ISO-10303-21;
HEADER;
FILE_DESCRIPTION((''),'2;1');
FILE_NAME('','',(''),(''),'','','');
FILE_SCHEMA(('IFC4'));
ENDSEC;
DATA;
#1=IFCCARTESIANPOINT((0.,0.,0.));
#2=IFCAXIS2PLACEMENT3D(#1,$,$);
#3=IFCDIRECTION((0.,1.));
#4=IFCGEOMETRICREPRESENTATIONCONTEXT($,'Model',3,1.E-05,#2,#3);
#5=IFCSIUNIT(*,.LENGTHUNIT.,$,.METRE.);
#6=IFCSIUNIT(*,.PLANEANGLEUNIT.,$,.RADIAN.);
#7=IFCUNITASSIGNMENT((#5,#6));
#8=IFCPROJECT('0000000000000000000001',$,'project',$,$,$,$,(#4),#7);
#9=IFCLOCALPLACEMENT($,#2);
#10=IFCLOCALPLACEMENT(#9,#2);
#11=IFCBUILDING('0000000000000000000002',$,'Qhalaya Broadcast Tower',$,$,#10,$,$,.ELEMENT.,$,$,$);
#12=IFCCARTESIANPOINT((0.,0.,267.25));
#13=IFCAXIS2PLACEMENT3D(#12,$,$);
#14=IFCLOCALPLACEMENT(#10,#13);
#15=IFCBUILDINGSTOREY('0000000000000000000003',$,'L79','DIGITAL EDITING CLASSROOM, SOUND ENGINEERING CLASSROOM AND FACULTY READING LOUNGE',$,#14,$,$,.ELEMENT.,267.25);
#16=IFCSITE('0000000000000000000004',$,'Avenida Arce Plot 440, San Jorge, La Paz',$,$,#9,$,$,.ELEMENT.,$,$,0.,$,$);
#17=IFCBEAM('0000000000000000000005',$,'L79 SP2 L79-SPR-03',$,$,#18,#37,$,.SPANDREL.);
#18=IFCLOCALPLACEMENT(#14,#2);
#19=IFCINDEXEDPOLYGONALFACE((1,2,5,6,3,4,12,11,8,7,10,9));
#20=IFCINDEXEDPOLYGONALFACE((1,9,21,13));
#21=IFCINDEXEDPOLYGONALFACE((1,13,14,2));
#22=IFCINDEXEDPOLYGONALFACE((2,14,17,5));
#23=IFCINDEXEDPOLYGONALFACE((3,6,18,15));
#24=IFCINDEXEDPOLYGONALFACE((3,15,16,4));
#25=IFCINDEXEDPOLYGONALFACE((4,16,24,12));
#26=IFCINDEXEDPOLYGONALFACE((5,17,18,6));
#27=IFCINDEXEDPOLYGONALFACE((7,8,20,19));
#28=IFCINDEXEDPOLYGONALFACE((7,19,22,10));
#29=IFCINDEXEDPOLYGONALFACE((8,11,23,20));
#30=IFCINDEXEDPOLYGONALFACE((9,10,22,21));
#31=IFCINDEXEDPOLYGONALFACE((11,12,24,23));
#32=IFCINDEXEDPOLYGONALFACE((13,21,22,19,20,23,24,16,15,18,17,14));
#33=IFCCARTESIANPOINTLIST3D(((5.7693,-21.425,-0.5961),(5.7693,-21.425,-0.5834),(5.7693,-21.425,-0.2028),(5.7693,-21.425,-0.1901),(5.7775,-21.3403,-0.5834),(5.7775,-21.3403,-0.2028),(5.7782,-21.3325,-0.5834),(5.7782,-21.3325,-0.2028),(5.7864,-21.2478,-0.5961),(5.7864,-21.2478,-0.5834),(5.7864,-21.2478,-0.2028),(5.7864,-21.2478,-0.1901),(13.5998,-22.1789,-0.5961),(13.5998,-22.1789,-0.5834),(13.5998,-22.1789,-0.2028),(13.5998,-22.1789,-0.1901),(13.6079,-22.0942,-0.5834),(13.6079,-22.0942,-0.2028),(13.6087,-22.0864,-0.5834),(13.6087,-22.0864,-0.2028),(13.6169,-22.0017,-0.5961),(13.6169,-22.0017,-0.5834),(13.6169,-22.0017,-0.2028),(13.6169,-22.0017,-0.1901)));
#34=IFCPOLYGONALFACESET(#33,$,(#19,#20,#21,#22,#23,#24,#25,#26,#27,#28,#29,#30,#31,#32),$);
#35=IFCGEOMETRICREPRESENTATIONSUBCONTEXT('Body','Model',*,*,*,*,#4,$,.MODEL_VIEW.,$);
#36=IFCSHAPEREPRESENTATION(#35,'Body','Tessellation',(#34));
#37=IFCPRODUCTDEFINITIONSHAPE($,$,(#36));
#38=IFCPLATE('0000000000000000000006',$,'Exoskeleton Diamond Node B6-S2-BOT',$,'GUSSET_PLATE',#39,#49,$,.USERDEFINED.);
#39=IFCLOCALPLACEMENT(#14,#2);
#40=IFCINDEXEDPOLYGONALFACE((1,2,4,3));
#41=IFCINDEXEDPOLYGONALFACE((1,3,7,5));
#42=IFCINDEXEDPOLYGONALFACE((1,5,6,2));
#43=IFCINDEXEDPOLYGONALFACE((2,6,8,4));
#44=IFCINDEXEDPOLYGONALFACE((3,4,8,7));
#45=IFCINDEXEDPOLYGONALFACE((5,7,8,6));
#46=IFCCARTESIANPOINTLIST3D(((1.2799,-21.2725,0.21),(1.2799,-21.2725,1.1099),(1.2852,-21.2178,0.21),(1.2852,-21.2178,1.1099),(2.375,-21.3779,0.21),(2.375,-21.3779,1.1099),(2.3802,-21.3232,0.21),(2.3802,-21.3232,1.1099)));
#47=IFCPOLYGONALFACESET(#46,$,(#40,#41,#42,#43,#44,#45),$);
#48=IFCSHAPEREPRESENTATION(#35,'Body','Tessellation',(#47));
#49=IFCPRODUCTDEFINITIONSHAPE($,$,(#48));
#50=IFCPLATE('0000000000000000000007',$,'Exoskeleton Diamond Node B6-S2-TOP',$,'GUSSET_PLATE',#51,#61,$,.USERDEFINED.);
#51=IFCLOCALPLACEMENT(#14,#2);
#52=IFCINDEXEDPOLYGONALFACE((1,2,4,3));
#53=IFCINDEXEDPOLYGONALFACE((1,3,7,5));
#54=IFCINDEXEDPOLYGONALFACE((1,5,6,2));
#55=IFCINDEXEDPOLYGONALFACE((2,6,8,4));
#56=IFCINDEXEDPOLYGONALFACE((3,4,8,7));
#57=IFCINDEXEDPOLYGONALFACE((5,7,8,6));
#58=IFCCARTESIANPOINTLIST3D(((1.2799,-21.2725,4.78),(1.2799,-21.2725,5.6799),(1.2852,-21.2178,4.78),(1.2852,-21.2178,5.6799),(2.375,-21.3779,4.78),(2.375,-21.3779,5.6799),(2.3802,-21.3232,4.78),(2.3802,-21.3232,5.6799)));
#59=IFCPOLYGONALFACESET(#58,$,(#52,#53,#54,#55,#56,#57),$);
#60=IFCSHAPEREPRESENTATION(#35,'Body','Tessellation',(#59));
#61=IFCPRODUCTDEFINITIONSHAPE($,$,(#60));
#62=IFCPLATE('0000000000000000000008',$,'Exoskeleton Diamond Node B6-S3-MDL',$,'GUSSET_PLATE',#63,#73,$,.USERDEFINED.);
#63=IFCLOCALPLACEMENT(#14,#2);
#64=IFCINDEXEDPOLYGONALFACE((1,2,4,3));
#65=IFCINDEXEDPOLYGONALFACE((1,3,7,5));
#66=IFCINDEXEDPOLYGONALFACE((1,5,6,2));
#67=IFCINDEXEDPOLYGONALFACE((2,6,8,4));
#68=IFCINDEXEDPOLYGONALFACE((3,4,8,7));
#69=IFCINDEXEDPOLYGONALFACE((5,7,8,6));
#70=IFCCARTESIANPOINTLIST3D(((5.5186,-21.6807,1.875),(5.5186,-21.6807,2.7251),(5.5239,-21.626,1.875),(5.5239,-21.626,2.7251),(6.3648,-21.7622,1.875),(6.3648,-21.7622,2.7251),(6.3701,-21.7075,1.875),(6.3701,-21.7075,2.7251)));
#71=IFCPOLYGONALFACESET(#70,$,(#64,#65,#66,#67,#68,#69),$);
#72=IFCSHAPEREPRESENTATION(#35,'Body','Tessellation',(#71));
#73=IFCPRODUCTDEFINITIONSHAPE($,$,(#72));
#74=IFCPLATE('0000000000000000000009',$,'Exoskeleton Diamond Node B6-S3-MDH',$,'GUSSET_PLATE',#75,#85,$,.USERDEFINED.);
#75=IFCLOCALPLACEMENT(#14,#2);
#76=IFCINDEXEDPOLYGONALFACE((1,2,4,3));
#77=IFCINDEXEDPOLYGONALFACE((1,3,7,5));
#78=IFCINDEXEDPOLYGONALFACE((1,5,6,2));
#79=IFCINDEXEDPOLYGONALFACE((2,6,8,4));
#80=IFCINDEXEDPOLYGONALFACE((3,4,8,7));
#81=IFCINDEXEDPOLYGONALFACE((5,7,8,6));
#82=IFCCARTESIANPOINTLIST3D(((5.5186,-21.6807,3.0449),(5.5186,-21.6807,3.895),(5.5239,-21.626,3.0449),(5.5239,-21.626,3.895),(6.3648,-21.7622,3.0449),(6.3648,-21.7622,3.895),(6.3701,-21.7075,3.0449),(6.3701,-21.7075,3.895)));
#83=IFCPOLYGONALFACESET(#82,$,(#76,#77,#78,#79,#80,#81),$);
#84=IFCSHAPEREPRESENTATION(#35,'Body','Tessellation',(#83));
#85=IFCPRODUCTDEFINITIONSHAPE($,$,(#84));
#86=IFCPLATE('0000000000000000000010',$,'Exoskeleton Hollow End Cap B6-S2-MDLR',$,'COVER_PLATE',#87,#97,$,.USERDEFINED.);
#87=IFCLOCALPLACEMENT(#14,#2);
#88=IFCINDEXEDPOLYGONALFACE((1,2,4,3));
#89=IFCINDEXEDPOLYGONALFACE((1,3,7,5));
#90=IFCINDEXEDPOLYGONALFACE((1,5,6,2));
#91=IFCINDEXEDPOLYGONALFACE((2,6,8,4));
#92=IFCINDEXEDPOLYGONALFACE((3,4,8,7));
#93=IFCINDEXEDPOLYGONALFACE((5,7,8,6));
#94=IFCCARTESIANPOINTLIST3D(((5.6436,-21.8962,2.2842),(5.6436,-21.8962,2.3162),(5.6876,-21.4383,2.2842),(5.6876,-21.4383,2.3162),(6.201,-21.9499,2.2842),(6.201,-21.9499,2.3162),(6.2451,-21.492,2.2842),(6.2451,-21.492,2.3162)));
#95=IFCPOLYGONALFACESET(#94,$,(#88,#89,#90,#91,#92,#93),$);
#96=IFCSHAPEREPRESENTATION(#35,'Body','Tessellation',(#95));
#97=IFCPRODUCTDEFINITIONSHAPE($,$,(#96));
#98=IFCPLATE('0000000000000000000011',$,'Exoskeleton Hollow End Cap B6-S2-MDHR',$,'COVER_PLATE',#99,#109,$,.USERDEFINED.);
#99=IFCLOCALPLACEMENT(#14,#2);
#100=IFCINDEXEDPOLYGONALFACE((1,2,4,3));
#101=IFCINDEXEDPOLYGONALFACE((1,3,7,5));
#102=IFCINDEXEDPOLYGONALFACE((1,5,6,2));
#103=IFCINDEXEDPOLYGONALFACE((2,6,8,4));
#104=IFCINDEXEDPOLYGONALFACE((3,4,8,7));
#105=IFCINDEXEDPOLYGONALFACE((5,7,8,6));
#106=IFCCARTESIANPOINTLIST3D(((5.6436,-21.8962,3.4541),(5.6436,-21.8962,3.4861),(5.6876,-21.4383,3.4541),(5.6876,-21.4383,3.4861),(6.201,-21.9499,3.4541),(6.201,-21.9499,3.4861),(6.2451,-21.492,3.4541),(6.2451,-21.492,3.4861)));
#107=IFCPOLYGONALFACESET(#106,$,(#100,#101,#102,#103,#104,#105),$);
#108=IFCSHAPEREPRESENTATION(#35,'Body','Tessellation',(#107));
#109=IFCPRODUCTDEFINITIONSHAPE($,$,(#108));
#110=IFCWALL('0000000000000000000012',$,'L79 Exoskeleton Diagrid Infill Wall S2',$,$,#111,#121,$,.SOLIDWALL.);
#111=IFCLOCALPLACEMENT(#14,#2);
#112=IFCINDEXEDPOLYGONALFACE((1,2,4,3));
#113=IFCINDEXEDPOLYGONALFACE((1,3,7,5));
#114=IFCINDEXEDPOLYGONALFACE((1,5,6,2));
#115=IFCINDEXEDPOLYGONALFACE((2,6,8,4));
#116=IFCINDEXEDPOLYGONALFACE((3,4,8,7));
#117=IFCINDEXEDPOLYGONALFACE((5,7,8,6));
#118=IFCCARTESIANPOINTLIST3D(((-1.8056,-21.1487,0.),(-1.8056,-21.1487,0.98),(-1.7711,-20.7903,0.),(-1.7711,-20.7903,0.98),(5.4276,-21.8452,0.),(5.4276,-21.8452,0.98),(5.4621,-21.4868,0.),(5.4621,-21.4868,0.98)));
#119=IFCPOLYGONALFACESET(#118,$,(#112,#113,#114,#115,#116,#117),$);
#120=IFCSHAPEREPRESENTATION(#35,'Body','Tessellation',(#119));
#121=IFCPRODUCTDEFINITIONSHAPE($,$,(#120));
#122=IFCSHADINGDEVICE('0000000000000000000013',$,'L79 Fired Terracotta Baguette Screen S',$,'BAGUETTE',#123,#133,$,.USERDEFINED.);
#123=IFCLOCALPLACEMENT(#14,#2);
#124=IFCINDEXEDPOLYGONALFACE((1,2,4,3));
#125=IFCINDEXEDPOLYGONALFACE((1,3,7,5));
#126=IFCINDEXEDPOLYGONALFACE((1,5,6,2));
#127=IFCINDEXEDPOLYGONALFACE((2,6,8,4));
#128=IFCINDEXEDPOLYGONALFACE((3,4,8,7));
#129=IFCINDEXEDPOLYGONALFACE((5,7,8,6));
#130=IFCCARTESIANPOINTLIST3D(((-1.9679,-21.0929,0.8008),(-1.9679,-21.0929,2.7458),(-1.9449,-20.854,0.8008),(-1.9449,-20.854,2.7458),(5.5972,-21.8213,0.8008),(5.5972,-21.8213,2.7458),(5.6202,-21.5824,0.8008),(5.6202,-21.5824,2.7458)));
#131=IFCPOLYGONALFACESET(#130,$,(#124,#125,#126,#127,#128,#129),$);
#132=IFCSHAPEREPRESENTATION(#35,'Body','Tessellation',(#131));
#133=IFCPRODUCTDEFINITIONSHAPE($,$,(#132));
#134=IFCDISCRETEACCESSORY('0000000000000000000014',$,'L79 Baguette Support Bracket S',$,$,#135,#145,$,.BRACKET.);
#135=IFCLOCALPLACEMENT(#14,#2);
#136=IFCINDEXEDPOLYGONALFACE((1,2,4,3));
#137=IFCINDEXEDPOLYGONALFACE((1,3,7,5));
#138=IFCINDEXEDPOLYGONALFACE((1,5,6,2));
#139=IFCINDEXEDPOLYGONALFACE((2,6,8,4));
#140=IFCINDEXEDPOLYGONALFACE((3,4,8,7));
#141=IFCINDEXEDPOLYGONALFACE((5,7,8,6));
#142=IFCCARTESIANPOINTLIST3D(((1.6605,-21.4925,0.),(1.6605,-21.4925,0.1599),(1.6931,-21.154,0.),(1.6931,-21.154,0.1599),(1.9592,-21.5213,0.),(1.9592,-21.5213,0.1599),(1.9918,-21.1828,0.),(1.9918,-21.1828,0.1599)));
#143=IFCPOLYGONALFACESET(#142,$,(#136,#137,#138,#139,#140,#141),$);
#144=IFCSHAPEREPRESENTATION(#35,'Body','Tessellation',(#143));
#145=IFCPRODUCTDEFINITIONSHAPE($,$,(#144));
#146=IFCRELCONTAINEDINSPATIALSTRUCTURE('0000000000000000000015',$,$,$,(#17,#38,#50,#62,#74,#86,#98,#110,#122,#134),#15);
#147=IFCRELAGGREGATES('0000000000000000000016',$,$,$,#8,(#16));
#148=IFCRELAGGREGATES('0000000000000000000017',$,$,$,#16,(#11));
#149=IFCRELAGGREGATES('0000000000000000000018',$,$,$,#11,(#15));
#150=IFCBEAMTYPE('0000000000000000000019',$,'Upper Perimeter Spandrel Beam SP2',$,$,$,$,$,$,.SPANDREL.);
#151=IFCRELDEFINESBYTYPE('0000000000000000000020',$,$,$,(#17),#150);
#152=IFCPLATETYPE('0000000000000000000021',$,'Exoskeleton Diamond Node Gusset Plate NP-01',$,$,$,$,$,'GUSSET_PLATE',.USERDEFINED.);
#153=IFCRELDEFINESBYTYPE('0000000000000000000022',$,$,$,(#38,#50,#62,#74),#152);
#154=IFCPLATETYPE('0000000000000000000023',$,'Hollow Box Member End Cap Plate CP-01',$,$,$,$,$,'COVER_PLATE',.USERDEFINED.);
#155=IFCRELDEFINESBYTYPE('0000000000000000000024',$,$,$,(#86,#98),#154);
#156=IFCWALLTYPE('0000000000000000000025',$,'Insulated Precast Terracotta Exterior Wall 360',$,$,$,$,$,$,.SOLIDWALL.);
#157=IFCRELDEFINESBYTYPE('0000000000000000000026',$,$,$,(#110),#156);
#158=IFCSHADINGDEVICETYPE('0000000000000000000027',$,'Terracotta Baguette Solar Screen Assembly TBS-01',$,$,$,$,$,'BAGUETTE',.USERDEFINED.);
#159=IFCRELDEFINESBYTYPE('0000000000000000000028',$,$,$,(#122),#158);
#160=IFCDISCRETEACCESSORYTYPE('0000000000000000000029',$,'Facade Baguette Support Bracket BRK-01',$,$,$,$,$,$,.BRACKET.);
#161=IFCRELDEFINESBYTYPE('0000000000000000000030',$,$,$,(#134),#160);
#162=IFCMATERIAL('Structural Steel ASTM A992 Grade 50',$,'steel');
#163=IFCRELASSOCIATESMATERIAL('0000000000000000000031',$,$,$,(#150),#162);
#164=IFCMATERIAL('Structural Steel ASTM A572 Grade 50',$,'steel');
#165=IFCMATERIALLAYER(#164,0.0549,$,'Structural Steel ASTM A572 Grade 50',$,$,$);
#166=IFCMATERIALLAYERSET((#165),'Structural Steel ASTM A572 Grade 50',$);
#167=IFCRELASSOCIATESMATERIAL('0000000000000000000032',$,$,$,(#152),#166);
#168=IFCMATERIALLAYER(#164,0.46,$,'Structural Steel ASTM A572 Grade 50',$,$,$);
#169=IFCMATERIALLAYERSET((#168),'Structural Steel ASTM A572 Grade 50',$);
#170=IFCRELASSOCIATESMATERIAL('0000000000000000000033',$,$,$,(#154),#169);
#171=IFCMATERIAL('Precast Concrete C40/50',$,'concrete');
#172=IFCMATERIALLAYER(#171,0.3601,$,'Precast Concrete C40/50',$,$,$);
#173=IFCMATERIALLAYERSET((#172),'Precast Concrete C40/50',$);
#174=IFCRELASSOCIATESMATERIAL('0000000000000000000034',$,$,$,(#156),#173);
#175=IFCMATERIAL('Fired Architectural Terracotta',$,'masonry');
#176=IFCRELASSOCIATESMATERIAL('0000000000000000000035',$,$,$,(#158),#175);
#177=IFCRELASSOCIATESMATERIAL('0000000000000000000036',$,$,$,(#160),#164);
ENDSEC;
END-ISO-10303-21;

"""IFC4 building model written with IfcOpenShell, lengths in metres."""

from ifc_helpers import new_model, si_unit, direction, frame, frame_2d, origin, origin_2d, place, context, subcontext, project, spatial, rectangle, i_section, extrude, material, layer, layer_set, material_profile, profile_set, type_object, element, save


model = new_model("IFC4")

# Units and contexts
model_context = context("Model", 3, precision=1e-05, world=origin(), true_north=direction((0.0, 1.0)))
body_context = subcontext(model_context, "Body", "Model", "MODEL_VIEW")
ifc_project = project(units=[si_unit("LENGTHUNIT", "METRE"), si_unit("PLANEANGLEUNIT", "RADIAN")], contexts=[model_context])

# Site, building, storey
site_placement = place(None, origin())
site = spatial("IfcSite", under=ifc_project, at=site_placement, Name="Avenida Arce Plot 440, San Jorge, La Paz", CompositionType="ELEMENT", RefElevation=0.0)
building_placement = place(site_placement, origin())
building = spatial("IfcBuilding", under=site, at=building_placement, Name="Qhalaya Broadcast Tower", CompositionType="ELEMENT")
storey_placement = place(building_placement, frame((0.0, 0.0, 267.25)))
storey = spatial("IfcBuildingStorey", under=building, at=storey_placement, Name="L79", Description="DIGITAL EDITING CLASSROOM, SOUND ENGINEERING CLASSROOM AND FACULTY READING LOUNGE", CompositionType="ELEMENT", Elevation=267.25)

# Shared definitions
ifc_material_1 = material(Name="Structural Steel ASTM A572 Grade 50", Category="steel")

# Shared definitions
ifc_material_2 = material(Name="Structural Steel ASTM A992 Grade 50", Category="steel")

# Beam
ifc_material_profile_1 = material_profile(ifc_material_2, i_section(OverallWidth=0.178, OverallDepth=0.406, WebThickness=0.0078, FlangeThickness=0.0127, at=origin_2d()), Name="W16X40")
ifc_profile_set_1 = profile_set([ifc_material_profile_1], Name="Structural Steel ASTM A992 Grade 50")
beam_type_1 = type_object("IfcBeamType", Name="Upper Perimeter Spandrel Beam SP2", PredefinedType="SPANDREL", material=ifc_profile_set_1)
beam_1_placement = place(storey_placement, frame((5.7778, -21.3364, -0.3931), z_axis=(0.995397, -0.095834, 0.0), x_axis=(0.095834, 0.995397, 0.0)))
element("IfcBeam", 1, at=beam_1_placement, inside=storey, type_object=beam_type_1, Name="L79 SP2 L79-SPR-03", PredefinedType="SPANDREL", context=body_context, shape_type="SweptSolid", body=[
    extrude(i_section(OverallWidth=0.178, OverallDepth=0.406, WebThickness=0.0078, FlangeThickness=0.0127, at=origin_2d()), origin(), (0.0, 0.0, 1.0), 7.8667),
])

# Plates
ifc_layer_1 = layer(ifc_material_1, 0.0549, Name="Structural Steel ASTM A572 Grade 50")
ifc_layer_set_1 = layer_set([ifc_layer_1], Name="Structural Steel ASTM A572 Grade 50")
plate_type_1 = type_object("IfcPlateType", Name="Exoskeleton Diamond Node Gusset Plate NP-01", ElementType="GUSSET_PLATE", PredefinedType="USERDEFINED", material=ifc_layer_set_1)
for number, where, z_axis, x_axis, name in (
    (2, (1.8301, -21.2979, 0.21), (0.0, 0.0, 1.0), (0.995396, -0.095846, 0.0), "Exoskeleton Diamond Node B6-S2-BOT"),
    (3, (1.8301, -21.2979, 4.78), (0.0, 0.0, 1.0), (0.995396, -0.095846, 0.0), "Exoskeleton Diamond Node B6-S2-TOP"),
):
    element("IfcPlate", number, at=place(storey_placement, frame(where, z_axis=z_axis, x_axis=x_axis)), inside=storey, type_object=plate_type_1, Name=name, ObjectType="GUSSET_PLATE", PredefinedType="USERDEFINED", context=body_context, shape_type="SweptSolid", body=[
        extrude(rectangle(XDim=1.1001, YDim=0.0549, at=origin_2d()), origin(), (0.0, 0.0, 1.0), 0.8999),
    ])
for number, where, z_axis, x_axis, name in (
    (4, (5.9443, -21.6941, 1.875), (0.0, 0.0, 1.0), (0.995396, -0.095846, 0.0), "Exoskeleton Diamond Node B6-S3-MDL"),
    (5, (5.9443, -21.6941, 3.0449), (0.0, 0.0, 1.0), (0.995396, -0.095846, 0.0), "Exoskeleton Diamond Node B6-S3-MDH"),
):
    element("IfcPlate", number, at=place(storey_placement, frame(where, z_axis=z_axis, x_axis=x_axis)), inside=storey, type_object=plate_type_1, Name=name, ObjectType="GUSSET_PLATE", PredefinedType="USERDEFINED", context=body_context, shape_type="SweptSolid", body=[
        extrude(rectangle(XDim=0.8501, YDim=0.0549, at=origin_2d()), origin(), (0.0, 0.0, 1.0), 0.8501),
    ])
ifc_layer_2 = layer(ifc_material_1, 0.46, Name="Structural Steel ASTM A572 Grade 50")
ifc_layer_set_2 = layer_set([ifc_layer_2], Name="Structural Steel ASTM A572 Grade 50")
plate_type_2 = type_object("IfcPlateType", Name="Hollow Box Member End Cap Plate CP-01", ElementType="COVER_PLATE", PredefinedType="USERDEFINED", material=ifc_layer_set_2)
for number, where, z_axis, x_axis, name in (
    (6, (5.9443, -21.6941, 2.2842), (0.0, 0.0, 1.0), (0.995396, -0.095846, 0.0), "Exoskeleton Hollow End Cap B6-S2-MDLR"),
    (7, (5.9443, -21.6941, 3.4541), (0.0, 0.0, 1.0), (0.995396, -0.095846, 0.0), "Exoskeleton Hollow End Cap B6-S2-MDHR"),
):
    element("IfcPlate", number, at=place(storey_placement, frame(where, z_axis=z_axis, x_axis=x_axis)), inside=storey, type_object=plate_type_2, Name=name, ObjectType="COVER_PLATE", PredefinedType="USERDEFINED", context=body_context, shape_type="SweptSolid", body=[
        extrude(rectangle(XDim=0.5601, YDim=0.46, at=origin_2d()), origin(), (0.0, 0.0, 1.0), 0.032),
    ])

# Wall
ifc_material_3 = material(Name="Precast Concrete C40/50", Category="concrete")
ifc_layer_3 = layer(ifc_material_3, 0.3601, Name="Precast Concrete C40/50")
ifc_layer_set_3 = layer_set([ifc_layer_3], Name="Precast Concrete C40/50")
wall_type = type_object("IfcWallType", Name="Insulated Precast Terracotta Exterior Wall 360", PredefinedType="SOLIDWALL", material=ifc_layer_set_3)
wall_placement = place(storey_placement, frame((5.4448, -21.666, 0.0), z_axis=(0.0, 0.0, 1.0), x_axis=(-0.995395, 0.095854, 0.0)))
element("IfcWall", 8, at=wall_placement, inside=storey, type_object=wall_type, Name="L79 Exoskeleton Diagrid Infill Wall S2", PredefinedType="SOLIDWALL", context=body_context, shape_type="SweptSolid", body=[
    extrude(rectangle(XDim=7.2666, YDim=0.3601, at=frame_2d((3.6333, 0.0))), origin(), (0.0, 0.0, 1.0), 0.98),
])

# Shading device
ifc_material_4 = material(Name="Fired Architectural Terracotta", Category="masonry")
shading_device_type = type_object("IfcShadingDeviceType", Name="Terracotta Baguette Solar Screen Assembly TBS-01", ElementType="BAGUETTE", PredefinedType="USERDEFINED", material=ifc_material_4)
shading_device_placement = place(storey_placement, frame((1.8262, -21.3376, 0.8008), z_axis=(0.0, 0.0, 1.0), x_axis=(0.995396, -0.095846, 0.0)))
element("IfcShadingDevice", 9, at=shading_device_placement, inside=storey, type_object=shading_device_type, Name="L79 Fired Terracotta Baguette Screen S", ObjectType="BAGUETTE", PredefinedType="USERDEFINED", context=body_context, shape_type="SweptSolid", body=[
    extrude(rectangle(XDim=7.6001, YDim=0.24, at=origin_2d()), origin(), (0.0, 0.0, 1.0), 1.9451),
])

# Discrete accessory
discrete_accessory_type = type_object("IfcDiscreteAccessoryType", Name="Facade Baguette Support Bracket BRK-01", PredefinedType="BRACKET", material=ifc_material_1)
discrete_accessory_placement = place(storey_placement, frame((1.8262, -21.3376, 0.0), z_axis=(0.0, 0.0, 1.0), x_axis=(0.995396, -0.095846, 0.0)))
element("IfcDiscreteAccessory", 10, at=discrete_accessory_placement, inside=storey, type_object=discrete_accessory_type, Name="L79 Baguette Support Bracket S", PredefinedType="BRACKET", context=body_context, shape_type="SweptSolid", body=[
    extrude(rectangle(XDim=0.3, YDim=0.3401, at=origin_2d()), origin(), (0.0, 0.0, 1.0), 0.1599),
])

save(model, "model.ifc")
